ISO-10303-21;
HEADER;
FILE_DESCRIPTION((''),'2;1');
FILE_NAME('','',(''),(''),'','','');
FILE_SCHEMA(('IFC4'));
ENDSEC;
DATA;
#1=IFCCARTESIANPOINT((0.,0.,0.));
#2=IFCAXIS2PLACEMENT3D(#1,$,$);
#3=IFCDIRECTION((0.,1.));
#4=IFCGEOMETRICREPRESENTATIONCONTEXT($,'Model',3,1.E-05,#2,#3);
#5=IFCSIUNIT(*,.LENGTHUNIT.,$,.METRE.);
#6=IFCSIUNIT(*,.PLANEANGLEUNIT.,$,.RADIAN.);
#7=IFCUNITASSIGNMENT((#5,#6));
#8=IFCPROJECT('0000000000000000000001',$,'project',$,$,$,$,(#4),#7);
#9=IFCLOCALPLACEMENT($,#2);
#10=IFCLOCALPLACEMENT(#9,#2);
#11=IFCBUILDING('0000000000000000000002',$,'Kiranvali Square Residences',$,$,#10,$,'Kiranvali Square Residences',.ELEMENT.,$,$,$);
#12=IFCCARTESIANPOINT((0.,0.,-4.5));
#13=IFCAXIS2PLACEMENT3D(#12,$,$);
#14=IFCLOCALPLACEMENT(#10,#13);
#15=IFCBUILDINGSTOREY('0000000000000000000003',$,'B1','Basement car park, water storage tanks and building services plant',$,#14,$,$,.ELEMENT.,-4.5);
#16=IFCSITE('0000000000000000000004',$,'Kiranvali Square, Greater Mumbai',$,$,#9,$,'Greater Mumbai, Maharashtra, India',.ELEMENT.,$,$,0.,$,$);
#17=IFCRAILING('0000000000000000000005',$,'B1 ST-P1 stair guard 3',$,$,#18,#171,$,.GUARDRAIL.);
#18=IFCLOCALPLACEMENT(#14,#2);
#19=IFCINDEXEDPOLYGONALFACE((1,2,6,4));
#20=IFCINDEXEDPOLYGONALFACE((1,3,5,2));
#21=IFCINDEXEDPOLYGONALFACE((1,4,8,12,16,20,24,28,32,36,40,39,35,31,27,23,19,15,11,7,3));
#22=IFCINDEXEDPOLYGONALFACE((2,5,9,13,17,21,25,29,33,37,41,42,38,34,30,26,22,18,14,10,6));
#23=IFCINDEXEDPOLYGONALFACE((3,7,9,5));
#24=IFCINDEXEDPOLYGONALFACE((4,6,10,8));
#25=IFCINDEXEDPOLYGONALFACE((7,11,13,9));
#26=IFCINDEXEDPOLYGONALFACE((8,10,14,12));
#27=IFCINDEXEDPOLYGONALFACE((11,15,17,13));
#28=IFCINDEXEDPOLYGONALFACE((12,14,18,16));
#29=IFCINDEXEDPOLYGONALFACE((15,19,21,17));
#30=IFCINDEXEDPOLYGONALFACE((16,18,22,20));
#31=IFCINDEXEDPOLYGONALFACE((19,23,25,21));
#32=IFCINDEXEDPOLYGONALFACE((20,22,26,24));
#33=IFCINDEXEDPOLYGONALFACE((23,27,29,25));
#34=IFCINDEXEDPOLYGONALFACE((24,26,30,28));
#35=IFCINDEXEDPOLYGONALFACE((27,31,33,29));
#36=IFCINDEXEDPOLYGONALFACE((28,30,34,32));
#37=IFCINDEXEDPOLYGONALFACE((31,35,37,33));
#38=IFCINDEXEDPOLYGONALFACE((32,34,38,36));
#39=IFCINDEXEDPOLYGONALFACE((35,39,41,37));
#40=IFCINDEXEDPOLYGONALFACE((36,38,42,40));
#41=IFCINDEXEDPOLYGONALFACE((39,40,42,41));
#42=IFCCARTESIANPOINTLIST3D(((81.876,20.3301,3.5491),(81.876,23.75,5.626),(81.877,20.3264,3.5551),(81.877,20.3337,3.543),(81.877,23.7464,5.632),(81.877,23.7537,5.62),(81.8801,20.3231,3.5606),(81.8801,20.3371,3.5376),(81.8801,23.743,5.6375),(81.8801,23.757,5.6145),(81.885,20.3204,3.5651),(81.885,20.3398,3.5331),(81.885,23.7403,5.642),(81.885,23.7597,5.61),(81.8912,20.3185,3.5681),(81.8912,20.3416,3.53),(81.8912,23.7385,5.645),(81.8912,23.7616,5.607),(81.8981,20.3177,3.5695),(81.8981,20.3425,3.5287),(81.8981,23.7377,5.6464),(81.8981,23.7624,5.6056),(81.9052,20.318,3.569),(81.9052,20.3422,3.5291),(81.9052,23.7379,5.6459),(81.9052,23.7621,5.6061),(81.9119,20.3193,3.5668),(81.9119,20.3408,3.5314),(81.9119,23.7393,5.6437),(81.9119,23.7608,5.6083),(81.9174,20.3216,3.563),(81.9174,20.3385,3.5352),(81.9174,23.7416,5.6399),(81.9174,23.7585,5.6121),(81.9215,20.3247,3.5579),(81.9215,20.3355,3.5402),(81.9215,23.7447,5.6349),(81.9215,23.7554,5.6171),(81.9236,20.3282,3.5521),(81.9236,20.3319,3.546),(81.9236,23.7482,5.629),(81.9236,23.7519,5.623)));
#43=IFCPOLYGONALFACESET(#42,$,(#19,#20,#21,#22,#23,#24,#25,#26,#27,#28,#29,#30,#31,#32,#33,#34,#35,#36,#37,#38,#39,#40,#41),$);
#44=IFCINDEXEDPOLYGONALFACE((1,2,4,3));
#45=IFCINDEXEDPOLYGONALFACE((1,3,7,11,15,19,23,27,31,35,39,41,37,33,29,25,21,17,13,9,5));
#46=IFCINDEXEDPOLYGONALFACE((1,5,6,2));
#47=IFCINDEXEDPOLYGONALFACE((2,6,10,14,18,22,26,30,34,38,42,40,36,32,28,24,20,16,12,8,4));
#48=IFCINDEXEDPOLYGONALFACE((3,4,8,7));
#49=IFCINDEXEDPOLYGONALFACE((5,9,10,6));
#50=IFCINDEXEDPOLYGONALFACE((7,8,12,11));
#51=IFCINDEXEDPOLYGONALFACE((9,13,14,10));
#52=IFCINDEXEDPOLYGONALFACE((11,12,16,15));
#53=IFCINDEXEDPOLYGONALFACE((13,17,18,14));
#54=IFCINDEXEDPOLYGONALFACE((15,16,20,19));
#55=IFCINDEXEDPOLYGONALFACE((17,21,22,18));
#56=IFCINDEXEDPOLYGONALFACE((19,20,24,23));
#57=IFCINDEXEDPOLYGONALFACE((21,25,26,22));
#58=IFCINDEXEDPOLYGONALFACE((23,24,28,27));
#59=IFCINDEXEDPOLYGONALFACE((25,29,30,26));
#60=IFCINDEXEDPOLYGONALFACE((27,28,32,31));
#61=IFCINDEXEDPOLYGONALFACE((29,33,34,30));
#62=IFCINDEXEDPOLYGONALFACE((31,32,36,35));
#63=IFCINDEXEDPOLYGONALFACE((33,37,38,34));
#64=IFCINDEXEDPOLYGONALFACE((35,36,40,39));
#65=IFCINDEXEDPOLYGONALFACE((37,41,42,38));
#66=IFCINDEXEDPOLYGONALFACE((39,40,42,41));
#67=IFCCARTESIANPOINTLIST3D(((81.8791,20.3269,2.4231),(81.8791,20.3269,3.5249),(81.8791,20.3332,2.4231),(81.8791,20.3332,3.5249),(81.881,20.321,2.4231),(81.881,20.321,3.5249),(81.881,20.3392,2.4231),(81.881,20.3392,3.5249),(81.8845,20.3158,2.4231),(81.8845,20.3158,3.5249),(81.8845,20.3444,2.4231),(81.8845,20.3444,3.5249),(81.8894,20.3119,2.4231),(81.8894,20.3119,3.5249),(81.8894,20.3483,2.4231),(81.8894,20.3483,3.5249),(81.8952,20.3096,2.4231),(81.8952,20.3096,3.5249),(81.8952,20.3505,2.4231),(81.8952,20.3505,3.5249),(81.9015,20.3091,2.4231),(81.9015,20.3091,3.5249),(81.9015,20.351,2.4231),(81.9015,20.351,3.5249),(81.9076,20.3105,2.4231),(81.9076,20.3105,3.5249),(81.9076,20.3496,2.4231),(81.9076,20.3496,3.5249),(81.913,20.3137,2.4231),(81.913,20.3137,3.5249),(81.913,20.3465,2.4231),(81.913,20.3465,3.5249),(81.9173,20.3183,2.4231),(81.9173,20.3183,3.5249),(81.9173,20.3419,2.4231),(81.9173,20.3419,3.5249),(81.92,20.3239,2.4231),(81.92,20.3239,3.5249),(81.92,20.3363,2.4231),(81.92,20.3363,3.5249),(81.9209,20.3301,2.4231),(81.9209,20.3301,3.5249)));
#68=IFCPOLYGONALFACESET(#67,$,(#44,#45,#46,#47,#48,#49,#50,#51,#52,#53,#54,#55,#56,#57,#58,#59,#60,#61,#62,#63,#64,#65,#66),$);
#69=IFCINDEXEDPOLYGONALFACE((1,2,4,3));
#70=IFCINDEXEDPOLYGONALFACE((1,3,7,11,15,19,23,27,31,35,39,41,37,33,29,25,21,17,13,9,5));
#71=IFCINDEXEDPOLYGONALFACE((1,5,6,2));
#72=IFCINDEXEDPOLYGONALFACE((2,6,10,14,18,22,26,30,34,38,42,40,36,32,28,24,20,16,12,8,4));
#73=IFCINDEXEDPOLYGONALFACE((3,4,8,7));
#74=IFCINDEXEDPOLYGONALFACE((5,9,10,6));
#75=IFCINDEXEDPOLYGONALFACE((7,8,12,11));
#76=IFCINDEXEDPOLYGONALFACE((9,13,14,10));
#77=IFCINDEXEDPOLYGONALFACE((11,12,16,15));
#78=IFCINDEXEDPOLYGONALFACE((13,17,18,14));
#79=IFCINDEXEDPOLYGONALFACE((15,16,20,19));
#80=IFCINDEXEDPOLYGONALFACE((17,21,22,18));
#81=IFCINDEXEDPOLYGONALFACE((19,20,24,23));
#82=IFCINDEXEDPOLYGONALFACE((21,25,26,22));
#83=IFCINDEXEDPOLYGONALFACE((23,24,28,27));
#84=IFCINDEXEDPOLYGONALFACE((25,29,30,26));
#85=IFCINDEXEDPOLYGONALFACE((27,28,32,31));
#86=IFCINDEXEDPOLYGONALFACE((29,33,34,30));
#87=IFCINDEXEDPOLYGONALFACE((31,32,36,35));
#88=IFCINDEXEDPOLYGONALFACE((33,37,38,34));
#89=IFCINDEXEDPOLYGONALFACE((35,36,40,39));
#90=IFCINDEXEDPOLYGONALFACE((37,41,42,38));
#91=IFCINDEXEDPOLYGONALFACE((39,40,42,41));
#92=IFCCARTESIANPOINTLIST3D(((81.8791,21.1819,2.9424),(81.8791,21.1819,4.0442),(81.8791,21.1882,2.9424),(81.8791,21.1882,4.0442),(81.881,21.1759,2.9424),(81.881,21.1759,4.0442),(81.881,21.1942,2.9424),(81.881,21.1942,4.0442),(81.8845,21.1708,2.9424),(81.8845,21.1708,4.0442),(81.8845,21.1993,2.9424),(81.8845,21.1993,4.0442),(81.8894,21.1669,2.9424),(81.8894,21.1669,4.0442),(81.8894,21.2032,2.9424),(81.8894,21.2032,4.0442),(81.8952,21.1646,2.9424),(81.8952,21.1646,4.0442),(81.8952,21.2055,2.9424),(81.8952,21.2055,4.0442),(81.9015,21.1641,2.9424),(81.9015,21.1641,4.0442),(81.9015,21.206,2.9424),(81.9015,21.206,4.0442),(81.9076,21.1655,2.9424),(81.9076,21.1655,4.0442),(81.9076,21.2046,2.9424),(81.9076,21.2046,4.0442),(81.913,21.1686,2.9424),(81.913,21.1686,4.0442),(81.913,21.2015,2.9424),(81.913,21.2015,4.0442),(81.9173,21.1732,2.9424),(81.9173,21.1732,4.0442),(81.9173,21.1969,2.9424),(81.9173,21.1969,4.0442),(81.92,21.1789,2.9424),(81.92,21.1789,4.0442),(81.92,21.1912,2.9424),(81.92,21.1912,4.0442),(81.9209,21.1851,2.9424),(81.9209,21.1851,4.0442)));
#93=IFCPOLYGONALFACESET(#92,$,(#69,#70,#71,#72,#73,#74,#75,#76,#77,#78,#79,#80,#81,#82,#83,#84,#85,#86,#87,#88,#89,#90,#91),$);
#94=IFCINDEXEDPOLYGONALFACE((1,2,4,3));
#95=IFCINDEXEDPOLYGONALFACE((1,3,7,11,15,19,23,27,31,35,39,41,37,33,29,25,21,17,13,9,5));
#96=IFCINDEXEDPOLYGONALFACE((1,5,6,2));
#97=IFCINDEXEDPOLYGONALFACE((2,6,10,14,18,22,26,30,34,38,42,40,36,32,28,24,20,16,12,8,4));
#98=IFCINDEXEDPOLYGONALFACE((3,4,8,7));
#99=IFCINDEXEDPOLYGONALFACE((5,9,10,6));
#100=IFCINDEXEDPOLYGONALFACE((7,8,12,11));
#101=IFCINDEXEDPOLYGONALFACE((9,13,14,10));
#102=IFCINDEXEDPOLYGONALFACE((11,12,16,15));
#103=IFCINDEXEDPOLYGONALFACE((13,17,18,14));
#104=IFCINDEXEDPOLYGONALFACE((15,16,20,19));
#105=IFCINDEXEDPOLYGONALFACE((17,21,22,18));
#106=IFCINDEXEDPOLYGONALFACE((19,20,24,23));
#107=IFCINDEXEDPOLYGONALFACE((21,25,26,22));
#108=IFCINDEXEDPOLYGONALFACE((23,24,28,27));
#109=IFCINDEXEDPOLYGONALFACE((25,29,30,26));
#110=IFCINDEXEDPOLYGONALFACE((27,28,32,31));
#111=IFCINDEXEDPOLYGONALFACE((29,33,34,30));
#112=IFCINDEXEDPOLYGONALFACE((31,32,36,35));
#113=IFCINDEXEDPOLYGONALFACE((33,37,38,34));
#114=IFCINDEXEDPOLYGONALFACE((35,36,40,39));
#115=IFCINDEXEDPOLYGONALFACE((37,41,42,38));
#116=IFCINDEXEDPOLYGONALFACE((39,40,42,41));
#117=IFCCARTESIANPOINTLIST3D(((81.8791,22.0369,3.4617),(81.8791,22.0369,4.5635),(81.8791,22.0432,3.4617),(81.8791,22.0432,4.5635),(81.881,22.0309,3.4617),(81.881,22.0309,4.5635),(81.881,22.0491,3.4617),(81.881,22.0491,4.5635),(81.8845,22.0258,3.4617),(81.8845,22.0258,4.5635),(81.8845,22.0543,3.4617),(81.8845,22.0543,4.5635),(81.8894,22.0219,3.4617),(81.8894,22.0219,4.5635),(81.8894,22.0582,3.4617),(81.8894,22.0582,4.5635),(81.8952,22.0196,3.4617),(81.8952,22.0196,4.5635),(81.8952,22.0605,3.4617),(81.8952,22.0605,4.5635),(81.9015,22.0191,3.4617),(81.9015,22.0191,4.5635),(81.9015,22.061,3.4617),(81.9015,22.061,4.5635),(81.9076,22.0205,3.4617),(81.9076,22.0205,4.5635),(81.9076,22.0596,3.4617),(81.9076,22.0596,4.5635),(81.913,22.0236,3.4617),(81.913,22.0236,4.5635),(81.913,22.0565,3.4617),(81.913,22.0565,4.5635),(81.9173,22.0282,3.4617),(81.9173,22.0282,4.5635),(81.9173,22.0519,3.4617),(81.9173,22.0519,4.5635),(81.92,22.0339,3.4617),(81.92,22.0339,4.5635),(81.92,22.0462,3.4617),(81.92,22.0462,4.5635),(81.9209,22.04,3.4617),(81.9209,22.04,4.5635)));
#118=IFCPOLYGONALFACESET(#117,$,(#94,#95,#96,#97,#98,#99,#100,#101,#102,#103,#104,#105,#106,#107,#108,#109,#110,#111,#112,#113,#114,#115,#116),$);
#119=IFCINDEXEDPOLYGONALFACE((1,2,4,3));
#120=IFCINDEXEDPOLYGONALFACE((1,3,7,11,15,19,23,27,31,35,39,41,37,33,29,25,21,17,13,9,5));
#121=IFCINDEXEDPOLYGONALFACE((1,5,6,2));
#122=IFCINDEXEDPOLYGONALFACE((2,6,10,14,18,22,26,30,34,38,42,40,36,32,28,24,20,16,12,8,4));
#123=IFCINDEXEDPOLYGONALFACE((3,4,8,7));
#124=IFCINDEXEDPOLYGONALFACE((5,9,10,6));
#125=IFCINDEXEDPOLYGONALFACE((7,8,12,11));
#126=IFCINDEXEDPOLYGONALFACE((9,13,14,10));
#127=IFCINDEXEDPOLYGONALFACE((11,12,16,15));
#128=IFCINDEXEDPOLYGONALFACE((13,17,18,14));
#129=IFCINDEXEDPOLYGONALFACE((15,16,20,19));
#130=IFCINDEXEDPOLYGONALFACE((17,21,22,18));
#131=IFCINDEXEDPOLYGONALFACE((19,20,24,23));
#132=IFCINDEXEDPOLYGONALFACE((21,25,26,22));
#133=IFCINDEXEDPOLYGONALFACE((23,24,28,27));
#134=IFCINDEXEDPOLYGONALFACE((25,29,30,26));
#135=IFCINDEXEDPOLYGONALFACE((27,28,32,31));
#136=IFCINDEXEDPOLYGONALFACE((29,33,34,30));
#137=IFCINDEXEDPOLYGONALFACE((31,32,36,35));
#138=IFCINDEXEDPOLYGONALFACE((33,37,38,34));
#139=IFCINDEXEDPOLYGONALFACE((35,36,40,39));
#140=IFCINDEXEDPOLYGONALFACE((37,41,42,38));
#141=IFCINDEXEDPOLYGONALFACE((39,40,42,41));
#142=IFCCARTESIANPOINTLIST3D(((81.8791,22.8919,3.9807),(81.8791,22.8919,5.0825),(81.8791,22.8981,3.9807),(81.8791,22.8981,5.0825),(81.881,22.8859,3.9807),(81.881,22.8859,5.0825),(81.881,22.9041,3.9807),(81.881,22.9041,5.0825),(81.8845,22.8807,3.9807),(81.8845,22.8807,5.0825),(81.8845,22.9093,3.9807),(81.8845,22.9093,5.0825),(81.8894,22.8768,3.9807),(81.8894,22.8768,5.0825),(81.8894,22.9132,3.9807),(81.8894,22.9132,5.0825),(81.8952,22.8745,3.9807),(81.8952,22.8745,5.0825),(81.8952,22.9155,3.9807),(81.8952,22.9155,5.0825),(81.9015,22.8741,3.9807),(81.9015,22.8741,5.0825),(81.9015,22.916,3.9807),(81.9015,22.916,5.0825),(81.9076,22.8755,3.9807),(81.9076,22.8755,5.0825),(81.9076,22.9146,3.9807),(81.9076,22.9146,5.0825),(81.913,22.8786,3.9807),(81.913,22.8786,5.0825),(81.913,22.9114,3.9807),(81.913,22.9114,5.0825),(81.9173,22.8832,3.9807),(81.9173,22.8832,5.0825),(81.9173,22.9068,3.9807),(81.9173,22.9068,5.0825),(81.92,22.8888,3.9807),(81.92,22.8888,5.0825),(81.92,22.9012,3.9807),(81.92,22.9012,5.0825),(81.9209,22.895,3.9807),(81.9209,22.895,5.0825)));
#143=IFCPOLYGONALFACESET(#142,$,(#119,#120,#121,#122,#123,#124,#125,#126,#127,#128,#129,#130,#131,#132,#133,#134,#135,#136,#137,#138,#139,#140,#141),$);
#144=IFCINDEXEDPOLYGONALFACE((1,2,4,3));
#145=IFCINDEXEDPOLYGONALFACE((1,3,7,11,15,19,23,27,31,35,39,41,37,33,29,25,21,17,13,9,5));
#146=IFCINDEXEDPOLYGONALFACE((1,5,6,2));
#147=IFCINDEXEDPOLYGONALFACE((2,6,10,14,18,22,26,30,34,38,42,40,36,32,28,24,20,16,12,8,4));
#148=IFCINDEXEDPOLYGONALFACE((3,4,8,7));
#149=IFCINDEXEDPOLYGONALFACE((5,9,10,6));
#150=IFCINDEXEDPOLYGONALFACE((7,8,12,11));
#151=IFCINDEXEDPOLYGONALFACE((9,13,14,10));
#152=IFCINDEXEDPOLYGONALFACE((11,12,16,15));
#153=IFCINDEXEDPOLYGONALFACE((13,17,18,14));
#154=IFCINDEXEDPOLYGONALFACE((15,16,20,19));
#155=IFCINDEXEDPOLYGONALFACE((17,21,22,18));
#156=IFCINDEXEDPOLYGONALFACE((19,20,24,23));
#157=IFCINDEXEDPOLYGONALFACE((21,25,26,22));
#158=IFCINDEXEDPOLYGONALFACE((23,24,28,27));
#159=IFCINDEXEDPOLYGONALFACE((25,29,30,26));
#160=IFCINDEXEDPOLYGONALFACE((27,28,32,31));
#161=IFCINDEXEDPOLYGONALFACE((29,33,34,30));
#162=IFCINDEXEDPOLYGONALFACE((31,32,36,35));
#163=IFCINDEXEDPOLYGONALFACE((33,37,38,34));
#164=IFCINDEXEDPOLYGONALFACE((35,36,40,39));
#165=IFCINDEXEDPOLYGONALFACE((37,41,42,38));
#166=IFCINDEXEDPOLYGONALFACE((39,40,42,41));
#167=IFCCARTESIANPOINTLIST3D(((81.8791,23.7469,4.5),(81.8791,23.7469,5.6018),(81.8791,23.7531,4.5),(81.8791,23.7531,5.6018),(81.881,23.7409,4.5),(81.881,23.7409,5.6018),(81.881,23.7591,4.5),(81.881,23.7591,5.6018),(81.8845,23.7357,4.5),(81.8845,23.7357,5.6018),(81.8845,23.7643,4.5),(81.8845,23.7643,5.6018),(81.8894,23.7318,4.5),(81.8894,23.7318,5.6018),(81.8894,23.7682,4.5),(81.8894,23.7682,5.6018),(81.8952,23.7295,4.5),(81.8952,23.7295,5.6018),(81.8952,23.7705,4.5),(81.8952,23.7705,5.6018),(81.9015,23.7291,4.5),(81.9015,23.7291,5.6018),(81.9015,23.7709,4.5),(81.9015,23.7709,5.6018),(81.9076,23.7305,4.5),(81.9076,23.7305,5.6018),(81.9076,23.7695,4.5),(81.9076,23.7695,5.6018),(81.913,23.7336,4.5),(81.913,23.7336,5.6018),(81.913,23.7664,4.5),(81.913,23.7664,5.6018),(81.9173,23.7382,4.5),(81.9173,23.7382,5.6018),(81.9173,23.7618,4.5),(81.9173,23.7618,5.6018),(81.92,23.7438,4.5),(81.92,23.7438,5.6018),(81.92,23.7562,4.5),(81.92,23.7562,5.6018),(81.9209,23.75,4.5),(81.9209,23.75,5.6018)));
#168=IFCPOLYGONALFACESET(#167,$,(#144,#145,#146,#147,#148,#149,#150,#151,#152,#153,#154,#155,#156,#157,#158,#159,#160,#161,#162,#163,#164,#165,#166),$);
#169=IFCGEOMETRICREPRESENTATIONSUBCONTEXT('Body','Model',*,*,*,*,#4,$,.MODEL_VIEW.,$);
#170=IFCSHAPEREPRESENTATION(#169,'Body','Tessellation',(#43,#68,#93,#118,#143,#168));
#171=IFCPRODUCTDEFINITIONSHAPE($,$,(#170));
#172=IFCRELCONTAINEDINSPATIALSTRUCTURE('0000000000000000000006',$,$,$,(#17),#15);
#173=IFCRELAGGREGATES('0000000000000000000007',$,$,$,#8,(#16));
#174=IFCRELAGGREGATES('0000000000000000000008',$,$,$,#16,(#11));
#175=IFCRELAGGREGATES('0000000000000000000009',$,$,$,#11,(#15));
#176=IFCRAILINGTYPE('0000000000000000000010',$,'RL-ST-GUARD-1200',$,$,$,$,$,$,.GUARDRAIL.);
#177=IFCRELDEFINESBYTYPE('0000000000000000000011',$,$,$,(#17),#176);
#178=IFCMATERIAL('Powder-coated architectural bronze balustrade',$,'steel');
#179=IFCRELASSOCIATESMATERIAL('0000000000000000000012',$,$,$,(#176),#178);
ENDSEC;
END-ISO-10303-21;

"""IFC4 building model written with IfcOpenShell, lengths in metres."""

from ifc_helpers import new_model, si_unit, direction, frame, origin, origin_2d, place, context, subcontext, project, spatial, circle, extrude, material, type_object, element, save


model = new_model("IFC4")

# Units and contexts
model_context = context("Model", 3, precision=1e-05, world=origin(), true_north=direction((0.0, 1.0)))
body_context = subcontext(model_context, "Body", "Model", "MODEL_VIEW")
ifc_project = project(units=[si_unit("LENGTHUNIT", "METRE"), si_unit("PLANEANGLEUNIT", "RADIAN")], contexts=[model_context])

# Site, building, storey
site_placement = place(None, origin())
site = spatial("IfcSite", under=ifc_project, at=site_placement, Name="Kiranvali Square, Greater Mumbai", LongName="Greater Mumbai, Maharashtra, India", CompositionType="ELEMENT", RefElevation=0.0)
building_placement = place(site_placement, origin())
building = spatial("IfcBuilding", under=site, at=building_placement, Name="Kiranvali Square Residences", LongName="Kiranvali Square Residences", CompositionType="ELEMENT")
storey_placement = place(building_placement, frame((0.0, 0.0, -4.5)))
storey = spatial("IfcBuildingStorey", under=building, at=storey_placement, Name="B1", Description="Basement car park, water storage tanks and building services plant", CompositionType="ELEMENT", Elevation=-4.5)

# Railing
ifc_material_1 = material(Name="Powder-coated architectural bronze balustrade", Category="steel")
railing_type_1 = type_object("IfcRailingType", Name="RL-ST-GUARD-1200", PredefinedType="GUARDRAIL", material=ifc_material_1)
railing_1_placement = place(storey_placement, frame((81.8999, 20.3301, 2.4231)))
element("IfcRailing", 1, at=railing_1_placement, inside=storey, type_object=railing_type_1, Name="B1 ST-P1 stair guard 3", PredefinedType="GUARDRAIL", context=body_context, shape_type="SweptSolid", body=[
    extrude(circle(Radius=0.0239, at=origin_2d()), frame((0.0, 0.0, 1.126), z_axis=(0.0, 0.85473, 0.519074), x_axis=(-1.0, 0.0, 0.0)), (0.0, 0.0, 1.0), 4.0012),
    extrude(circle(Radius=0.021, at=origin_2d()), origin(), (0.0, 0.0, 1.0), 1.1018),
    extrude(circle(Radius=0.021, at=origin_2d()), frame((0.0, 0.855, 0.5193)), (0.0, 0.0, 1.0), 1.1018),
    extrude(circle(Radius=0.021, at=origin_2d()), frame((0.0, 1.71, 1.0386)), (0.0, 0.0, 1.0), 1.1018),
    extrude(circle(Radius=0.021, at=origin_2d()), frame((0.0, 2.5649, 1.5576)), (0.0, 0.0, 1.0), 1.1018),
    extrude(circle(Radius=0.021, at=origin_2d()), frame((0.0, 3.4199, 2.0769)), (0.0, 0.0, 1.0), 1.1018),
])

save(model, "model.ifc")
